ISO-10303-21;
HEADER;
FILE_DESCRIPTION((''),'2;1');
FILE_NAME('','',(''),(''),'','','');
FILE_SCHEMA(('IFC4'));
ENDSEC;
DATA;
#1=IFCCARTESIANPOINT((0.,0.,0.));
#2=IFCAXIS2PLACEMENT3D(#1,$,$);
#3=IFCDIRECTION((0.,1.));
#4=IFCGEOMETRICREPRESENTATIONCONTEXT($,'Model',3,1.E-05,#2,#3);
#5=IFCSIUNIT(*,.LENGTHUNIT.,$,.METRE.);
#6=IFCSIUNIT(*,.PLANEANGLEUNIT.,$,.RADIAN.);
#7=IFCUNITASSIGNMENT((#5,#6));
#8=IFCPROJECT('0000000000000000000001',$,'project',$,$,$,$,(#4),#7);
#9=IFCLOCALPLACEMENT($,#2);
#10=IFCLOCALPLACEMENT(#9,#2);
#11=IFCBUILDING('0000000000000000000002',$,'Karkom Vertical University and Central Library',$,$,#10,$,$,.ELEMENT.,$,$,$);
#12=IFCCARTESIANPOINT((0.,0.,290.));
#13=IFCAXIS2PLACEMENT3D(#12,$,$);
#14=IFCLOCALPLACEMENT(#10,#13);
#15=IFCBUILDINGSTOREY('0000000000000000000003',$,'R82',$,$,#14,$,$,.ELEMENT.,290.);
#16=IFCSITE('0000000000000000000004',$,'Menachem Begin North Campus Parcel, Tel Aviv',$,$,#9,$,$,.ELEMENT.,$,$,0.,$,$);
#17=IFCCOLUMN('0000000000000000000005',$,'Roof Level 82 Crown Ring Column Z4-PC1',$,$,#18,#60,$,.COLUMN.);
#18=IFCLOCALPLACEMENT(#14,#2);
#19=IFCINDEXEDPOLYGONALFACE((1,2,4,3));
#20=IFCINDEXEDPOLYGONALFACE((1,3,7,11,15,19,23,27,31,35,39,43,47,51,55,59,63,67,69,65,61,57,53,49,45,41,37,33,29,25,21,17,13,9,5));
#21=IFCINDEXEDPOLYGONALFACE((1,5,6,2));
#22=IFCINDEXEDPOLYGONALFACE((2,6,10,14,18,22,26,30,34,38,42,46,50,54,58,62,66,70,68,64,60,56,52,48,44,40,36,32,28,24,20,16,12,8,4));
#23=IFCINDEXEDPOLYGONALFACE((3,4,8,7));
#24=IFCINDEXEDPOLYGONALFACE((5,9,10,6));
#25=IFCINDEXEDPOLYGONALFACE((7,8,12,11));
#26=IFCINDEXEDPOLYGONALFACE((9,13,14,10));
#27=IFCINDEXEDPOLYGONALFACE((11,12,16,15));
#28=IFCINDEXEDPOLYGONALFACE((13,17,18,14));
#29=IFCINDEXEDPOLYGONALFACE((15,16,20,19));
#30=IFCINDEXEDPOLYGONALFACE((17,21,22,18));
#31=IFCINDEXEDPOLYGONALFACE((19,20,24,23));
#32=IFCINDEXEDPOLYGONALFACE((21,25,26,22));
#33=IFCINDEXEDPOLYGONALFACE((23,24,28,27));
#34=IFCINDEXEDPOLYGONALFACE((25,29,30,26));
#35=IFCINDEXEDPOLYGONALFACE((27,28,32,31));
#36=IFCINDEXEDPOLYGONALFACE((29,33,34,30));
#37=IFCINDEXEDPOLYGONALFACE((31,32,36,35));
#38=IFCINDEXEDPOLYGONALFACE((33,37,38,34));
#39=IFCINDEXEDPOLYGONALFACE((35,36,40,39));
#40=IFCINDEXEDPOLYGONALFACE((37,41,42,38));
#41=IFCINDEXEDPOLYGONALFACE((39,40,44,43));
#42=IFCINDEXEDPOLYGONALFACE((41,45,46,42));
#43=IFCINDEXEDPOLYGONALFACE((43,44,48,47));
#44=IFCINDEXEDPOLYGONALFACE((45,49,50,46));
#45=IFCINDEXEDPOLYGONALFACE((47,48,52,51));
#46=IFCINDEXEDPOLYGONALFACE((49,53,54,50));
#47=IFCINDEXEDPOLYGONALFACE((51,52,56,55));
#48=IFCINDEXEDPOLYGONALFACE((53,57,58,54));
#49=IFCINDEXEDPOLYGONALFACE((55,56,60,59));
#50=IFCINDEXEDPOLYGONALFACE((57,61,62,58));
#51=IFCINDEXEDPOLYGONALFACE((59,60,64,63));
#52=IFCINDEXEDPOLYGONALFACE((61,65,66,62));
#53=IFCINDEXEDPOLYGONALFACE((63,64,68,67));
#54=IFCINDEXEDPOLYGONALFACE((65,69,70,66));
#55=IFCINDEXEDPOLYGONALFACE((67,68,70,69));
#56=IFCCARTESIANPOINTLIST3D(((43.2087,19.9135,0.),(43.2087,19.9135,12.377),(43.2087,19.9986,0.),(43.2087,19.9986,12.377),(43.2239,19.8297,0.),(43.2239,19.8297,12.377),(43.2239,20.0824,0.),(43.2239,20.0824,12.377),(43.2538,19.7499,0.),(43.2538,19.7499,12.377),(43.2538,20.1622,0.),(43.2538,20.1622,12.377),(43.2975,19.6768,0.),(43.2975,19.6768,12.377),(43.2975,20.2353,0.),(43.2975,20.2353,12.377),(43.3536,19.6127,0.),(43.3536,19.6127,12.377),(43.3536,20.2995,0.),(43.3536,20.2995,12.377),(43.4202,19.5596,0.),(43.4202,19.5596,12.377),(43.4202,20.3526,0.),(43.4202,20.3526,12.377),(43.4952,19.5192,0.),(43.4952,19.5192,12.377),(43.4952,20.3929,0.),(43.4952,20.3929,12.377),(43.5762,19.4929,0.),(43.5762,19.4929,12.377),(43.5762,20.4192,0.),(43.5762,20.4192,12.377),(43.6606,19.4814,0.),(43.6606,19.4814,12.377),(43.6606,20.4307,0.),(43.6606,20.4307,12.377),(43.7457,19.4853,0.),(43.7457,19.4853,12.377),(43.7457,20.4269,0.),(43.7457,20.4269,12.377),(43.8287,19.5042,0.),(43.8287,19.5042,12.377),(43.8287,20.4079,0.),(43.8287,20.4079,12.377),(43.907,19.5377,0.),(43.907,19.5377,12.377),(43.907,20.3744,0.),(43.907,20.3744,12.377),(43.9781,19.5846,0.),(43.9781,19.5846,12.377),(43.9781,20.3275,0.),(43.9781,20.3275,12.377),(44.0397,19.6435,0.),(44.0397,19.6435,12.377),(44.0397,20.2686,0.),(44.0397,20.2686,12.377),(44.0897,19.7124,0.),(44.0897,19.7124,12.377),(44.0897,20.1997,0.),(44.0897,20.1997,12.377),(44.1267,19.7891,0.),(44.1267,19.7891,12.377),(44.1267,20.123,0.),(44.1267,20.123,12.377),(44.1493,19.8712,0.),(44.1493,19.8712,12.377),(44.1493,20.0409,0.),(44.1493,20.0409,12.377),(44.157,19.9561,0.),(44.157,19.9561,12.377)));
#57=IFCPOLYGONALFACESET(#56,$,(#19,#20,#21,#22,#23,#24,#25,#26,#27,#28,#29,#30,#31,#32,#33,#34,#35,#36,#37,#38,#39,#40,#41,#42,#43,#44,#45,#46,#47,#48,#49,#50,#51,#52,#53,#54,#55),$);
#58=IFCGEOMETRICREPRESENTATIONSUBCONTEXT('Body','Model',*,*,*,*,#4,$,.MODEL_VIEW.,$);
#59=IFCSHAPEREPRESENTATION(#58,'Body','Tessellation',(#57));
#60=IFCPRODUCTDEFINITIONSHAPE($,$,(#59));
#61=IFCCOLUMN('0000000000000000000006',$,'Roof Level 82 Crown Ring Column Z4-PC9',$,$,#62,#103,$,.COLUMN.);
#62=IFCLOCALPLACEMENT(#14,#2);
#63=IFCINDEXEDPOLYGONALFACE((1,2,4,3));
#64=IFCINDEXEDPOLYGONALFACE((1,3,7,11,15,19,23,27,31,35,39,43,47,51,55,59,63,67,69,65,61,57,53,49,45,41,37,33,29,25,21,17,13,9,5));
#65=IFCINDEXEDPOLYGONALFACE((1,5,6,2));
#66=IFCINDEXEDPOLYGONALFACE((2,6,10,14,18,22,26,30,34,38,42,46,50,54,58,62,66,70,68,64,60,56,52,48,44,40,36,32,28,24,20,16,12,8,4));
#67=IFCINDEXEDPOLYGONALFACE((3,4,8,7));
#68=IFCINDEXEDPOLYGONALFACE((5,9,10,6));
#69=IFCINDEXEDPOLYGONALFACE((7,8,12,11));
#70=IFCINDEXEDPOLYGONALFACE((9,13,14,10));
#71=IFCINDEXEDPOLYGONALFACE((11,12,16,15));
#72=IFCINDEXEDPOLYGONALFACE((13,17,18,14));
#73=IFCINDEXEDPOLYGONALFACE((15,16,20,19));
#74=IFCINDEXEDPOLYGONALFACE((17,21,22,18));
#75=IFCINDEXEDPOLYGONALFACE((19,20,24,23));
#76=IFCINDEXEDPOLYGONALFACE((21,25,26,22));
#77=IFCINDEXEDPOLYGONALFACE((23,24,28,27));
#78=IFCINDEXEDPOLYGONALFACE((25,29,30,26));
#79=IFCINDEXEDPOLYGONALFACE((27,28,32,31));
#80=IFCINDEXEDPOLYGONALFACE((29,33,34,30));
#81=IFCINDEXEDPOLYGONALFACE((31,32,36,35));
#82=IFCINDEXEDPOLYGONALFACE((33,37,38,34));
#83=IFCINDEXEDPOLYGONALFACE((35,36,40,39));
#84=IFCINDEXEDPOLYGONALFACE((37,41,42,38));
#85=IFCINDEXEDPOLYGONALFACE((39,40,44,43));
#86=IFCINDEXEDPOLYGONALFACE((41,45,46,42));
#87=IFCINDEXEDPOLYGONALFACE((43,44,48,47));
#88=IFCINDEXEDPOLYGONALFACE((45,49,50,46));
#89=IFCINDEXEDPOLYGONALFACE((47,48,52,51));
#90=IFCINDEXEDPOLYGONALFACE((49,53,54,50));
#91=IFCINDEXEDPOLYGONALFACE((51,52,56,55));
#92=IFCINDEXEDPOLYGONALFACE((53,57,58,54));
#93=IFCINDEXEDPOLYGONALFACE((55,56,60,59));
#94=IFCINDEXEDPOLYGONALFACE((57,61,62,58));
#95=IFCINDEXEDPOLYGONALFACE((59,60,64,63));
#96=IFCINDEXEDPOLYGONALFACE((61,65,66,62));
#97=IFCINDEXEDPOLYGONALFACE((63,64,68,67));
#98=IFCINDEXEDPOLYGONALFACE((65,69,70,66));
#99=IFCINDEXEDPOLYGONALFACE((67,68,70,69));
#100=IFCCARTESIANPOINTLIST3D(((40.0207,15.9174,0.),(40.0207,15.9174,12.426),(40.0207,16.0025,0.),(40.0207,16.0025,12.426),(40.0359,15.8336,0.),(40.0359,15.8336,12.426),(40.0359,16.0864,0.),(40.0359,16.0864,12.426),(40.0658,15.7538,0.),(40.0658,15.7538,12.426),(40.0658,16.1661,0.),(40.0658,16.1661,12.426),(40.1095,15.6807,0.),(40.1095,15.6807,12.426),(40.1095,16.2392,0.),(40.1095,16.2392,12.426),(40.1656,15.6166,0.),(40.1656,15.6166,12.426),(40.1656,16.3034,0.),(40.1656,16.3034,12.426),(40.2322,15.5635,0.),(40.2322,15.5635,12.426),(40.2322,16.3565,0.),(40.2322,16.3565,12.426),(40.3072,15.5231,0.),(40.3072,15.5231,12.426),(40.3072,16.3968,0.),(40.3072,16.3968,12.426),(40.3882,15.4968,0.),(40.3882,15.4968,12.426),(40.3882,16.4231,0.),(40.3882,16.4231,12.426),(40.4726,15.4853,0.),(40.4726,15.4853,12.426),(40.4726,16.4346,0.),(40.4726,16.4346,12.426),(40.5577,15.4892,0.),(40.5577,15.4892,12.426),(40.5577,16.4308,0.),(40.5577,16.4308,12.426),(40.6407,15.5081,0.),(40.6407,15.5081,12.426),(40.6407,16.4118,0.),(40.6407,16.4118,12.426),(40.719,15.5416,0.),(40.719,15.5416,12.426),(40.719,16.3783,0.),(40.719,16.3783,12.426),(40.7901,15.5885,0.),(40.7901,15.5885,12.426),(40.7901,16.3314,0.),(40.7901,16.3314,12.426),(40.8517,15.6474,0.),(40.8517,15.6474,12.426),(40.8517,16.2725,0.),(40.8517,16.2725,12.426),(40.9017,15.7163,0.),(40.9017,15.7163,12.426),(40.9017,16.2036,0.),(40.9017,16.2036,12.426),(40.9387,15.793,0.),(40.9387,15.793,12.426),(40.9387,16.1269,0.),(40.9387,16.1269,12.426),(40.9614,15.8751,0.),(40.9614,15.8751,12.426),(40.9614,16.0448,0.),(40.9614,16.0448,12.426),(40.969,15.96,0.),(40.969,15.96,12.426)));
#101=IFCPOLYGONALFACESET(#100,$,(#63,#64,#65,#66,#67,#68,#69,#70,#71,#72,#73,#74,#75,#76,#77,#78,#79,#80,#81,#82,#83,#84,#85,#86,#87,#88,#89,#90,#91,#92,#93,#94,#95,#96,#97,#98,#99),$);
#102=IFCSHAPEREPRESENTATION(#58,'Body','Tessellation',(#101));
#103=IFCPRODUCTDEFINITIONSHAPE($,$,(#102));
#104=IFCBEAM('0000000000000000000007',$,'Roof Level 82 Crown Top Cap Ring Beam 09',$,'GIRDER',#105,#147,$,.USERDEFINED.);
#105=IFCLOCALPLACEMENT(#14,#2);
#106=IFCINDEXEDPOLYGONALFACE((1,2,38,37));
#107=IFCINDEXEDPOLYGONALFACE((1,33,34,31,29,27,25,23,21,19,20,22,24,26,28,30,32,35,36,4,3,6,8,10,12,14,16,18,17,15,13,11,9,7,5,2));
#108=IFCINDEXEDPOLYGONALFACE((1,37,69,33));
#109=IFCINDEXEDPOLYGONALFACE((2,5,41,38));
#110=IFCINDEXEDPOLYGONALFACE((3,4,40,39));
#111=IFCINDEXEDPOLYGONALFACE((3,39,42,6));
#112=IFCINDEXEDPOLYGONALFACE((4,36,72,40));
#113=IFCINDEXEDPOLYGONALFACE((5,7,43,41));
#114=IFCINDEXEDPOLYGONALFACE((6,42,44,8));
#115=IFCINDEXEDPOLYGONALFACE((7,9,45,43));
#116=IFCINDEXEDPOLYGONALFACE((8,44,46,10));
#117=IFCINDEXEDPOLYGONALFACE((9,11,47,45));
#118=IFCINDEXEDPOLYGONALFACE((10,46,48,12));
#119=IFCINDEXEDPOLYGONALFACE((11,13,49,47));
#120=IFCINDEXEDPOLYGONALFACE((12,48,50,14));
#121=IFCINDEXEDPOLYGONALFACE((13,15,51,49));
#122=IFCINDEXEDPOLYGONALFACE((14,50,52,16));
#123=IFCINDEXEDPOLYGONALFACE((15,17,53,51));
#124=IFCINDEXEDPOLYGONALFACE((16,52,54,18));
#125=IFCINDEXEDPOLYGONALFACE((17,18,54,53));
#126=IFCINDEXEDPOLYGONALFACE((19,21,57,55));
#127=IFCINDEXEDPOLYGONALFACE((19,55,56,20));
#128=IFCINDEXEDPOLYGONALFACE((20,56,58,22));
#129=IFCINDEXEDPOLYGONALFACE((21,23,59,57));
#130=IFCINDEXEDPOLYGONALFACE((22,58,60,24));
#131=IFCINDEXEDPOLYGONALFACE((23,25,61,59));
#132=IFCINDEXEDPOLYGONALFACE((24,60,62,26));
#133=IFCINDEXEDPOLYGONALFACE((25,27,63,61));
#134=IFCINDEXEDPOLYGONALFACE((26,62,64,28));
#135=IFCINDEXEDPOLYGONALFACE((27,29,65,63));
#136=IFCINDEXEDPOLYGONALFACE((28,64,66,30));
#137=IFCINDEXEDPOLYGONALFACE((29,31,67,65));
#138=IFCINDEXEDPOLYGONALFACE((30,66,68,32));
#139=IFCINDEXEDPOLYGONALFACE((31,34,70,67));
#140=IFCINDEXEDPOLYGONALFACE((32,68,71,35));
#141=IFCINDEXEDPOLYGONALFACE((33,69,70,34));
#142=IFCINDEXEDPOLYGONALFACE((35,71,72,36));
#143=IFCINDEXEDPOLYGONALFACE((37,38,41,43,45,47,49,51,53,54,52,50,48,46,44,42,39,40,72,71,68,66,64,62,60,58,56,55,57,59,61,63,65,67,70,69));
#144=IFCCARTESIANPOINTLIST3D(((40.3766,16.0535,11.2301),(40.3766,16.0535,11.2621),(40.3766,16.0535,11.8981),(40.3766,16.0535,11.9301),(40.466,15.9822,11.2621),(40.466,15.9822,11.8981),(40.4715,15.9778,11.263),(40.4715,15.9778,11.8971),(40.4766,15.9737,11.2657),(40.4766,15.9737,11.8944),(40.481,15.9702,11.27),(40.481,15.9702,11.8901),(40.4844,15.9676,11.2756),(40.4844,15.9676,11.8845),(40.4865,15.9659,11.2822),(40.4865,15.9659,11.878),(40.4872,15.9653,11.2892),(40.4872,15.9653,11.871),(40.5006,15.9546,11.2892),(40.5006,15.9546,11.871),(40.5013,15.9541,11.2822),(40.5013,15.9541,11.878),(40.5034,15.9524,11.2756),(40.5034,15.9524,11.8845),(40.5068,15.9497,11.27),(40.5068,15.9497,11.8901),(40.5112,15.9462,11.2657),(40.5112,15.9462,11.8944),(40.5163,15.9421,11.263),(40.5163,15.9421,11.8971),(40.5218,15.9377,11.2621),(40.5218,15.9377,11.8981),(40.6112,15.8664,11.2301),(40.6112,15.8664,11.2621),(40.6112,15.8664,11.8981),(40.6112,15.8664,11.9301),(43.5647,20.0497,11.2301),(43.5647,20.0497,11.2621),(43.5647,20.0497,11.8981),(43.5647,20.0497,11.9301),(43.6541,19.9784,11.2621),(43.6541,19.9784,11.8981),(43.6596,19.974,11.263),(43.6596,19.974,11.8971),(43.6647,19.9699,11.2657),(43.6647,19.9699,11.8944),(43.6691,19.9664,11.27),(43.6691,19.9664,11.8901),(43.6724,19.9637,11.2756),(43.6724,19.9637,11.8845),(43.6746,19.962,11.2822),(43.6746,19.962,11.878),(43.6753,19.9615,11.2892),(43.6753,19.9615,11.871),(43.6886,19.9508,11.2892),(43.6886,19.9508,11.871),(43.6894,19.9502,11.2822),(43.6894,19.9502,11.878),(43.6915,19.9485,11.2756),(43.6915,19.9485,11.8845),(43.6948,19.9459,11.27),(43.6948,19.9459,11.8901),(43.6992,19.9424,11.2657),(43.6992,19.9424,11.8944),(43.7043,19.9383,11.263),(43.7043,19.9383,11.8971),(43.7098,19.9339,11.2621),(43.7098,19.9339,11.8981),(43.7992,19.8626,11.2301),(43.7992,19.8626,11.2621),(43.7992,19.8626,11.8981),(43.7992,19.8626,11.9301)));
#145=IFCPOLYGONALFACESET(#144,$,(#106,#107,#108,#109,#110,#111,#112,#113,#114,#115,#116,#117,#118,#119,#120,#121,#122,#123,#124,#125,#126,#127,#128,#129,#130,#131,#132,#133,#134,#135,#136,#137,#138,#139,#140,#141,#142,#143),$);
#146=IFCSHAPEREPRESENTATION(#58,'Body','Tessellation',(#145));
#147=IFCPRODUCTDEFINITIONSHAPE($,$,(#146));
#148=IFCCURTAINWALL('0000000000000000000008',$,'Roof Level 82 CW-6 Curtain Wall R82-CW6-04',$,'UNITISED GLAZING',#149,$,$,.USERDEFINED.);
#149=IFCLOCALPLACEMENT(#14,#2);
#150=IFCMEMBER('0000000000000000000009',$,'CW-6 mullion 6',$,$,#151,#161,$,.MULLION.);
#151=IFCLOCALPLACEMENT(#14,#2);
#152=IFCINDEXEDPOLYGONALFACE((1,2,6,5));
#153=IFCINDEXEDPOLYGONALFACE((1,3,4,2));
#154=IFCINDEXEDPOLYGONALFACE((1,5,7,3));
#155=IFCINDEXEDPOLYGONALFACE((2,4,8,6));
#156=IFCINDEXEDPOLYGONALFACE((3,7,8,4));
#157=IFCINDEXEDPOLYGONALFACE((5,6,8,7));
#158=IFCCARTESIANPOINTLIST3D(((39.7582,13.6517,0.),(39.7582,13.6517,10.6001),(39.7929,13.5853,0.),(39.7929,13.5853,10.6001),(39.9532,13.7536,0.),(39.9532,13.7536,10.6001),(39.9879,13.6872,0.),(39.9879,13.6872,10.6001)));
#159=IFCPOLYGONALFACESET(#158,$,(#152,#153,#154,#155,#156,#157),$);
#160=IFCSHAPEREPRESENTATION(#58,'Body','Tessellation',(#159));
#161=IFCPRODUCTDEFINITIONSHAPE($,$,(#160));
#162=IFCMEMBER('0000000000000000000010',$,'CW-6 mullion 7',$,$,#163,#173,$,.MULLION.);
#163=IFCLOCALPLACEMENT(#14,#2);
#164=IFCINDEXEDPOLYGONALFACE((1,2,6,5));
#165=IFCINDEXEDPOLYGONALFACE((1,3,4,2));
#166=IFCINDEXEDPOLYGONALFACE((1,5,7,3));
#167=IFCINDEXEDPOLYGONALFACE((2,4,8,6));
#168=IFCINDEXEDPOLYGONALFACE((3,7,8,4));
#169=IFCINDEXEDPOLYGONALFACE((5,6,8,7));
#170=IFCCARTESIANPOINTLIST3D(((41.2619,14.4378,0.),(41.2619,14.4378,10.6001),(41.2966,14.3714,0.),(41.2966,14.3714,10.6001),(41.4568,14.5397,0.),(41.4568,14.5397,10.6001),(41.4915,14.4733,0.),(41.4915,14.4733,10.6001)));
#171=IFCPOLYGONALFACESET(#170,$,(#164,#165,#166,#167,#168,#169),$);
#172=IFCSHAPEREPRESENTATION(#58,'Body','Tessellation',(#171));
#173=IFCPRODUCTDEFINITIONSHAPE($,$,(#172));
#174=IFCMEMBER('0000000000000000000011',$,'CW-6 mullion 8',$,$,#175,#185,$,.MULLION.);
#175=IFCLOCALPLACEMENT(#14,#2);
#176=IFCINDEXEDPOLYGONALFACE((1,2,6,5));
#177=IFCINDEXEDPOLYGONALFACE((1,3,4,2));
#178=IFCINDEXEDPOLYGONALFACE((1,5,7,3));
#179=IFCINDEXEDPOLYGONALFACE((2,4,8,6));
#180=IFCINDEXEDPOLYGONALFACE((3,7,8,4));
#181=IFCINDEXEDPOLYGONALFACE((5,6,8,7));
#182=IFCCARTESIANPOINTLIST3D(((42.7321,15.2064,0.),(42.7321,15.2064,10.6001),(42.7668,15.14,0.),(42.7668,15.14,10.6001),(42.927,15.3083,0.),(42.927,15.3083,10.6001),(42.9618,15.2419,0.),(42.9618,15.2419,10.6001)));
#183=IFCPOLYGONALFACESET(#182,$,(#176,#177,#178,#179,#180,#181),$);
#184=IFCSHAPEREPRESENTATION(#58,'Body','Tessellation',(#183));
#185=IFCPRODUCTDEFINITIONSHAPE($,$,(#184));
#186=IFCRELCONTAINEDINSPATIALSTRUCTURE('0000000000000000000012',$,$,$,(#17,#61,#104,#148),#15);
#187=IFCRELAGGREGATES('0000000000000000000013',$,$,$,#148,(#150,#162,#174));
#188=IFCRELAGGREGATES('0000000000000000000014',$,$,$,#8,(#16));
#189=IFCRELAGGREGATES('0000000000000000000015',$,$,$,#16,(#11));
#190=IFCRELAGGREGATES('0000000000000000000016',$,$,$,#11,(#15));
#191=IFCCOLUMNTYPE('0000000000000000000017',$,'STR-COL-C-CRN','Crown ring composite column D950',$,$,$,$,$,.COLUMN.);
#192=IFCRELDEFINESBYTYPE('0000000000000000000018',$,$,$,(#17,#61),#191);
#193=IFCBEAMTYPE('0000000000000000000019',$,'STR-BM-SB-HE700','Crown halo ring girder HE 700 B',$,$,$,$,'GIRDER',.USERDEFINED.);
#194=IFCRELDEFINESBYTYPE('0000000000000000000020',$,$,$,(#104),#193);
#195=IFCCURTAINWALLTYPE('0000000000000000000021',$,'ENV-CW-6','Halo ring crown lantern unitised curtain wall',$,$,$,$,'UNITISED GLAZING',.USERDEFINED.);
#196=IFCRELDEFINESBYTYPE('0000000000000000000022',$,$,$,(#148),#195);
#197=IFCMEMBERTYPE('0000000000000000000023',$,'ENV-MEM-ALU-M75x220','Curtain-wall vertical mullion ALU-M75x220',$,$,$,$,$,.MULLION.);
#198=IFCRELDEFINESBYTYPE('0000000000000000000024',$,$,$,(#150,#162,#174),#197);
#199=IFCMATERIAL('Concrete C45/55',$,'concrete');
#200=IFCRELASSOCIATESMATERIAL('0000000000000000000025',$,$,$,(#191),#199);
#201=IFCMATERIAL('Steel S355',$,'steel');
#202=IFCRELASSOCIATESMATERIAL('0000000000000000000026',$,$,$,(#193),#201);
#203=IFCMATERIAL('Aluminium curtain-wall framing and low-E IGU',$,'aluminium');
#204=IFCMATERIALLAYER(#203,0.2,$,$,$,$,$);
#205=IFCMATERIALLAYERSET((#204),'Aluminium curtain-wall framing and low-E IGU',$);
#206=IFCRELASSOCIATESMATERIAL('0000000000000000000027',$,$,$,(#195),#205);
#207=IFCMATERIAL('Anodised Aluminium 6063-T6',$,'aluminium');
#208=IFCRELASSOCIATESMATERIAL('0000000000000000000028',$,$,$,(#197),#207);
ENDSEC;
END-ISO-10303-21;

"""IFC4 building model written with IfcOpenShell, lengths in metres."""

from ifc_helpers import new_model, si_unit, direction, frame, origin, origin_with_axes, origin_2d, place, context, subcontext, project, spatial, rectangle, circle, i_section, extrude, source, transform, mapped, material, layer, layer_set, material_profile, profile_set, type_object, element, aggregate, save


model = new_model("IFC4")

# Units and contexts
model_context = context("Model", 3, precision=1e-05, world=origin(), true_north=direction((0.0, 1.0)))
body_context = subcontext(model_context, "Body", "Model", "MODEL_VIEW")
ifc_project = project(units=[si_unit("LENGTHUNIT", "METRE"), si_unit("PLANEANGLEUNIT", "RADIAN")], contexts=[model_context])

# Site, building, storey
site_placement = place(None, origin())
site = spatial("IfcSite", under=ifc_project, at=site_placement, Name="Menachem Begin North Campus Parcel, Tel Aviv", CompositionType="ELEMENT", RefElevation=0.0)
building_placement = place(site_placement, origin())
building = spatial("IfcBuilding", under=site, at=building_placement, Name="Karkom Vertical University and Central Library", CompositionType="ELEMENT")
storey_placement = place(building_placement, frame((0.0, 0.0, 290.0)))
storey = spatial("IfcBuildingStorey", under=building, at=storey_placement, Name="R82", CompositionType="ELEMENT", Elevation=290.0)

# Columns
ifc_material_1 = material(Name="Concrete C45/55", Category="concrete")
ifc_material_profile_1 = material_profile(ifc_material_1, circle(Radius=0.4751, at=origin_2d()), Name="CFT-D950")
ifc_profile_set_1 = profile_set([ifc_material_profile_1], Name="Concrete C45/55")
column_type = type_object("IfcColumnType", Name="STR-COL-C-CRN", Description="Crown ring composite column D950", PredefinedType="COLUMN", material=ifc_profile_set_1)
shared_shape_1 = source(origin_with_axes(), body_context, "Body", "SweptSolid", [
    extrude(circle(Radius=0.4751, at=origin_2d()), origin(), (0.0, 0.0, 1.0), 12.377),
])
column_1_placement = place(storey_placement, frame((43.6819, 19.9561, 0.0), z_axis=(0.0, 0.0, 1.0), x_axis=(1.0, 0.0, 0.0)))
element("IfcColumn", 1, at=column_1_placement, inside=storey, type_object=column_type, Name="Roof Level 82 Crown Ring Column Z4-PC1", PredefinedType="COLUMN", context=body_context, shape_type="MappedRepresentation", body=[
    mapped(shared_shape_1, transform((0.0, 0.0, 0.0), scale=1.0)),
])
shared_shape_2 = source(origin_with_axes(), body_context, "Body", "SweptSolid", [
    extrude(circle(Radius=0.4751, at=origin_2d()), origin(), (0.0, 0.0, 1.0), 12.426),
])
column_2_placement = place(storey_placement, frame((40.4939, 15.96, 0.0), z_axis=(0.0, 0.0, 1.0), x_axis=(1.0, 0.0, 0.0)))
element("IfcColumn", 2, at=column_2_placement, inside=storey, type_object=column_type, Name="Roof Level 82 Crown Ring Column Z4-PC9", PredefinedType="COLUMN", context=body_context, shape_type="MappedRepresentation", body=[
    mapped(shared_shape_2, transform((0.0, 0.0, 0.0), scale=1.0)),
])

# Beam
ifc_material_2 = material(Name="Steel S355", Category="steel")
ifc_material_profile_2 = material_profile(ifc_material_2, i_section(OverallWidth=0.3, OverallDepth=0.7, WebThickness=0.0171, FlangeThickness=0.032, FilletRadius=0.0271, at=origin_2d()), Name="HE 700 B")
ifc_profile_set_2 = profile_set([ifc_material_profile_2], Name="Steel S355")
beam_type = type_object("IfcBeamType", Name="STR-BM-SB-HE700", Description="Crown halo ring girder HE 700 B", ElementType="GIRDER", PredefinedType="USERDEFINED", material=ifc_profile_set_2)
shared_shape_3 = source(origin_with_axes(), body_context, "Body", "SweptSolid", [
    extrude(i_section(OverallWidth=0.3, OverallDepth=0.7, WebThickness=0.0171, FlangeThickness=0.032, FilletRadius=0.0271, at=origin_2d()), origin(), (0.0, 0.0, 1.0), 5.1121),
])
beam_placement = place(storey_placement, frame((40.4939, 15.96, 11.5801), z_axis=(0.623634, 0.781716, 0.0), x_axis=(-0.781716, 0.623634, 0.0)))
element("IfcBeam", 3, at=beam_placement, inside=storey, type_object=beam_type, Name="Roof Level 82 Crown Top Cap Ring Beam 09", ObjectType="GIRDER", PredefinedType="USERDEFINED", context=body_context, shape_type="MappedRepresentation", body=[
    mapped(shared_shape_3, transform((0.0, 0.0, 0.0), scale=1.0)),
])

# Curtain wall, members
ifc_material_3 = material(Name="Aluminium curtain-wall framing and low-E IGU", Category="aluminium")
ifc_layer_1 = layer(ifc_material_3, 0.2)
ifc_layer_set_1 = layer_set([ifc_layer_1], Name="Aluminium curtain-wall framing and low-E IGU")
curtain_wall_type = type_object("IfcCurtainWallType", Name="ENV-CW-6", Description="Halo ring crown lantern unitised curtain wall", ElementType="UNITISED GLAZING", PredefinedType="USERDEFINED", material=ifc_layer_set_1)
curtain_wall_placement = place(storey_placement, origin())
curtain_wall = element("IfcCurtainWall", 4, at=curtain_wall_placement, inside=storey, type_object=curtain_wall_type, Name="Roof Level 82 CW-6 Curtain Wall R82-CW6-04", ObjectType="UNITISED GLAZING", PredefinedType="USERDEFINED")
ifc_material_4 = material(Name="Anodised Aluminium 6063-T6", Category="aluminium")
ifc_material_profile_3 = material_profile(ifc_material_4, rectangle(XDim=0.075, YDim=0.22, at=origin_2d()), Name="ALU-M75x220")
ifc_profile_set_3 = profile_set([ifc_material_profile_3], Name="Anodised Aluminium 6063-T6")
member_type_1 = type_object("IfcMemberType", Name="ENV-MEM-ALU-M75x220", Description="Curtain-wall vertical mullion ALU-M75x220", PredefinedType="MULLION", material=ifc_profile_set_3)
shared_shape_4 = source(origin_with_axes(), body_context, "Body", "SweptSolid", [
    extrude(rectangle(XDim=0.075, YDim=0.22, at=origin_2d()), origin(), (0.0, 0.0, 1.0), 10.6001),
])
member_1_placement = place(storey_placement, frame((39.873, 13.6694, 0.0), z_axis=(0.0, 0.0, 1.0), x_axis=(-0.463284, 0.88621, 0.0)))
member_1 = element("IfcMember", 5, at=member_1_placement, type_object=member_type_1, Name="CW-6 mullion 6", PredefinedType="MULLION", context=body_context, shape_type="MappedRepresentation", body=[
    mapped(shared_shape_4, transform((0.0, 0.0, 0.0), scale=1.0)),
])
member_2_placement = place(storey_placement, frame((41.3767, 14.4556, 0.0), z_axis=(0.0, 0.0, 1.0), x_axis=(-0.463284, 0.88621, 0.0)))
member_2 = element("IfcMember", 6, at=member_2_placement, type_object=member_type_1, Name="CW-6 mullion 7", PredefinedType="MULLION", context=body_context, shape_type="MappedRepresentation", body=[
    mapped(shared_shape_4, transform((0.0, 0.0, 0.0), scale=1.0)),
])
member_3_placement = place(storey_placement, frame((42.8469, 15.2241, 0.0), z_axis=(0.0, 0.0, 1.0), x_axis=(-0.463284, 0.88621, 0.0)))
member_3 = element("IfcMember", 7, at=member_3_placement, type_object=member_type_1, Name="CW-6 mullion 8", PredefinedType="MULLION", context=body_context, shape_type="MappedRepresentation", body=[
    mapped(shared_shape_4, transform((0.0, 0.0, 0.0), scale=1.0)),
])

aggregate(curtain_wall, [member_1, member_2, member_3])

save(model, "model.ifc")
